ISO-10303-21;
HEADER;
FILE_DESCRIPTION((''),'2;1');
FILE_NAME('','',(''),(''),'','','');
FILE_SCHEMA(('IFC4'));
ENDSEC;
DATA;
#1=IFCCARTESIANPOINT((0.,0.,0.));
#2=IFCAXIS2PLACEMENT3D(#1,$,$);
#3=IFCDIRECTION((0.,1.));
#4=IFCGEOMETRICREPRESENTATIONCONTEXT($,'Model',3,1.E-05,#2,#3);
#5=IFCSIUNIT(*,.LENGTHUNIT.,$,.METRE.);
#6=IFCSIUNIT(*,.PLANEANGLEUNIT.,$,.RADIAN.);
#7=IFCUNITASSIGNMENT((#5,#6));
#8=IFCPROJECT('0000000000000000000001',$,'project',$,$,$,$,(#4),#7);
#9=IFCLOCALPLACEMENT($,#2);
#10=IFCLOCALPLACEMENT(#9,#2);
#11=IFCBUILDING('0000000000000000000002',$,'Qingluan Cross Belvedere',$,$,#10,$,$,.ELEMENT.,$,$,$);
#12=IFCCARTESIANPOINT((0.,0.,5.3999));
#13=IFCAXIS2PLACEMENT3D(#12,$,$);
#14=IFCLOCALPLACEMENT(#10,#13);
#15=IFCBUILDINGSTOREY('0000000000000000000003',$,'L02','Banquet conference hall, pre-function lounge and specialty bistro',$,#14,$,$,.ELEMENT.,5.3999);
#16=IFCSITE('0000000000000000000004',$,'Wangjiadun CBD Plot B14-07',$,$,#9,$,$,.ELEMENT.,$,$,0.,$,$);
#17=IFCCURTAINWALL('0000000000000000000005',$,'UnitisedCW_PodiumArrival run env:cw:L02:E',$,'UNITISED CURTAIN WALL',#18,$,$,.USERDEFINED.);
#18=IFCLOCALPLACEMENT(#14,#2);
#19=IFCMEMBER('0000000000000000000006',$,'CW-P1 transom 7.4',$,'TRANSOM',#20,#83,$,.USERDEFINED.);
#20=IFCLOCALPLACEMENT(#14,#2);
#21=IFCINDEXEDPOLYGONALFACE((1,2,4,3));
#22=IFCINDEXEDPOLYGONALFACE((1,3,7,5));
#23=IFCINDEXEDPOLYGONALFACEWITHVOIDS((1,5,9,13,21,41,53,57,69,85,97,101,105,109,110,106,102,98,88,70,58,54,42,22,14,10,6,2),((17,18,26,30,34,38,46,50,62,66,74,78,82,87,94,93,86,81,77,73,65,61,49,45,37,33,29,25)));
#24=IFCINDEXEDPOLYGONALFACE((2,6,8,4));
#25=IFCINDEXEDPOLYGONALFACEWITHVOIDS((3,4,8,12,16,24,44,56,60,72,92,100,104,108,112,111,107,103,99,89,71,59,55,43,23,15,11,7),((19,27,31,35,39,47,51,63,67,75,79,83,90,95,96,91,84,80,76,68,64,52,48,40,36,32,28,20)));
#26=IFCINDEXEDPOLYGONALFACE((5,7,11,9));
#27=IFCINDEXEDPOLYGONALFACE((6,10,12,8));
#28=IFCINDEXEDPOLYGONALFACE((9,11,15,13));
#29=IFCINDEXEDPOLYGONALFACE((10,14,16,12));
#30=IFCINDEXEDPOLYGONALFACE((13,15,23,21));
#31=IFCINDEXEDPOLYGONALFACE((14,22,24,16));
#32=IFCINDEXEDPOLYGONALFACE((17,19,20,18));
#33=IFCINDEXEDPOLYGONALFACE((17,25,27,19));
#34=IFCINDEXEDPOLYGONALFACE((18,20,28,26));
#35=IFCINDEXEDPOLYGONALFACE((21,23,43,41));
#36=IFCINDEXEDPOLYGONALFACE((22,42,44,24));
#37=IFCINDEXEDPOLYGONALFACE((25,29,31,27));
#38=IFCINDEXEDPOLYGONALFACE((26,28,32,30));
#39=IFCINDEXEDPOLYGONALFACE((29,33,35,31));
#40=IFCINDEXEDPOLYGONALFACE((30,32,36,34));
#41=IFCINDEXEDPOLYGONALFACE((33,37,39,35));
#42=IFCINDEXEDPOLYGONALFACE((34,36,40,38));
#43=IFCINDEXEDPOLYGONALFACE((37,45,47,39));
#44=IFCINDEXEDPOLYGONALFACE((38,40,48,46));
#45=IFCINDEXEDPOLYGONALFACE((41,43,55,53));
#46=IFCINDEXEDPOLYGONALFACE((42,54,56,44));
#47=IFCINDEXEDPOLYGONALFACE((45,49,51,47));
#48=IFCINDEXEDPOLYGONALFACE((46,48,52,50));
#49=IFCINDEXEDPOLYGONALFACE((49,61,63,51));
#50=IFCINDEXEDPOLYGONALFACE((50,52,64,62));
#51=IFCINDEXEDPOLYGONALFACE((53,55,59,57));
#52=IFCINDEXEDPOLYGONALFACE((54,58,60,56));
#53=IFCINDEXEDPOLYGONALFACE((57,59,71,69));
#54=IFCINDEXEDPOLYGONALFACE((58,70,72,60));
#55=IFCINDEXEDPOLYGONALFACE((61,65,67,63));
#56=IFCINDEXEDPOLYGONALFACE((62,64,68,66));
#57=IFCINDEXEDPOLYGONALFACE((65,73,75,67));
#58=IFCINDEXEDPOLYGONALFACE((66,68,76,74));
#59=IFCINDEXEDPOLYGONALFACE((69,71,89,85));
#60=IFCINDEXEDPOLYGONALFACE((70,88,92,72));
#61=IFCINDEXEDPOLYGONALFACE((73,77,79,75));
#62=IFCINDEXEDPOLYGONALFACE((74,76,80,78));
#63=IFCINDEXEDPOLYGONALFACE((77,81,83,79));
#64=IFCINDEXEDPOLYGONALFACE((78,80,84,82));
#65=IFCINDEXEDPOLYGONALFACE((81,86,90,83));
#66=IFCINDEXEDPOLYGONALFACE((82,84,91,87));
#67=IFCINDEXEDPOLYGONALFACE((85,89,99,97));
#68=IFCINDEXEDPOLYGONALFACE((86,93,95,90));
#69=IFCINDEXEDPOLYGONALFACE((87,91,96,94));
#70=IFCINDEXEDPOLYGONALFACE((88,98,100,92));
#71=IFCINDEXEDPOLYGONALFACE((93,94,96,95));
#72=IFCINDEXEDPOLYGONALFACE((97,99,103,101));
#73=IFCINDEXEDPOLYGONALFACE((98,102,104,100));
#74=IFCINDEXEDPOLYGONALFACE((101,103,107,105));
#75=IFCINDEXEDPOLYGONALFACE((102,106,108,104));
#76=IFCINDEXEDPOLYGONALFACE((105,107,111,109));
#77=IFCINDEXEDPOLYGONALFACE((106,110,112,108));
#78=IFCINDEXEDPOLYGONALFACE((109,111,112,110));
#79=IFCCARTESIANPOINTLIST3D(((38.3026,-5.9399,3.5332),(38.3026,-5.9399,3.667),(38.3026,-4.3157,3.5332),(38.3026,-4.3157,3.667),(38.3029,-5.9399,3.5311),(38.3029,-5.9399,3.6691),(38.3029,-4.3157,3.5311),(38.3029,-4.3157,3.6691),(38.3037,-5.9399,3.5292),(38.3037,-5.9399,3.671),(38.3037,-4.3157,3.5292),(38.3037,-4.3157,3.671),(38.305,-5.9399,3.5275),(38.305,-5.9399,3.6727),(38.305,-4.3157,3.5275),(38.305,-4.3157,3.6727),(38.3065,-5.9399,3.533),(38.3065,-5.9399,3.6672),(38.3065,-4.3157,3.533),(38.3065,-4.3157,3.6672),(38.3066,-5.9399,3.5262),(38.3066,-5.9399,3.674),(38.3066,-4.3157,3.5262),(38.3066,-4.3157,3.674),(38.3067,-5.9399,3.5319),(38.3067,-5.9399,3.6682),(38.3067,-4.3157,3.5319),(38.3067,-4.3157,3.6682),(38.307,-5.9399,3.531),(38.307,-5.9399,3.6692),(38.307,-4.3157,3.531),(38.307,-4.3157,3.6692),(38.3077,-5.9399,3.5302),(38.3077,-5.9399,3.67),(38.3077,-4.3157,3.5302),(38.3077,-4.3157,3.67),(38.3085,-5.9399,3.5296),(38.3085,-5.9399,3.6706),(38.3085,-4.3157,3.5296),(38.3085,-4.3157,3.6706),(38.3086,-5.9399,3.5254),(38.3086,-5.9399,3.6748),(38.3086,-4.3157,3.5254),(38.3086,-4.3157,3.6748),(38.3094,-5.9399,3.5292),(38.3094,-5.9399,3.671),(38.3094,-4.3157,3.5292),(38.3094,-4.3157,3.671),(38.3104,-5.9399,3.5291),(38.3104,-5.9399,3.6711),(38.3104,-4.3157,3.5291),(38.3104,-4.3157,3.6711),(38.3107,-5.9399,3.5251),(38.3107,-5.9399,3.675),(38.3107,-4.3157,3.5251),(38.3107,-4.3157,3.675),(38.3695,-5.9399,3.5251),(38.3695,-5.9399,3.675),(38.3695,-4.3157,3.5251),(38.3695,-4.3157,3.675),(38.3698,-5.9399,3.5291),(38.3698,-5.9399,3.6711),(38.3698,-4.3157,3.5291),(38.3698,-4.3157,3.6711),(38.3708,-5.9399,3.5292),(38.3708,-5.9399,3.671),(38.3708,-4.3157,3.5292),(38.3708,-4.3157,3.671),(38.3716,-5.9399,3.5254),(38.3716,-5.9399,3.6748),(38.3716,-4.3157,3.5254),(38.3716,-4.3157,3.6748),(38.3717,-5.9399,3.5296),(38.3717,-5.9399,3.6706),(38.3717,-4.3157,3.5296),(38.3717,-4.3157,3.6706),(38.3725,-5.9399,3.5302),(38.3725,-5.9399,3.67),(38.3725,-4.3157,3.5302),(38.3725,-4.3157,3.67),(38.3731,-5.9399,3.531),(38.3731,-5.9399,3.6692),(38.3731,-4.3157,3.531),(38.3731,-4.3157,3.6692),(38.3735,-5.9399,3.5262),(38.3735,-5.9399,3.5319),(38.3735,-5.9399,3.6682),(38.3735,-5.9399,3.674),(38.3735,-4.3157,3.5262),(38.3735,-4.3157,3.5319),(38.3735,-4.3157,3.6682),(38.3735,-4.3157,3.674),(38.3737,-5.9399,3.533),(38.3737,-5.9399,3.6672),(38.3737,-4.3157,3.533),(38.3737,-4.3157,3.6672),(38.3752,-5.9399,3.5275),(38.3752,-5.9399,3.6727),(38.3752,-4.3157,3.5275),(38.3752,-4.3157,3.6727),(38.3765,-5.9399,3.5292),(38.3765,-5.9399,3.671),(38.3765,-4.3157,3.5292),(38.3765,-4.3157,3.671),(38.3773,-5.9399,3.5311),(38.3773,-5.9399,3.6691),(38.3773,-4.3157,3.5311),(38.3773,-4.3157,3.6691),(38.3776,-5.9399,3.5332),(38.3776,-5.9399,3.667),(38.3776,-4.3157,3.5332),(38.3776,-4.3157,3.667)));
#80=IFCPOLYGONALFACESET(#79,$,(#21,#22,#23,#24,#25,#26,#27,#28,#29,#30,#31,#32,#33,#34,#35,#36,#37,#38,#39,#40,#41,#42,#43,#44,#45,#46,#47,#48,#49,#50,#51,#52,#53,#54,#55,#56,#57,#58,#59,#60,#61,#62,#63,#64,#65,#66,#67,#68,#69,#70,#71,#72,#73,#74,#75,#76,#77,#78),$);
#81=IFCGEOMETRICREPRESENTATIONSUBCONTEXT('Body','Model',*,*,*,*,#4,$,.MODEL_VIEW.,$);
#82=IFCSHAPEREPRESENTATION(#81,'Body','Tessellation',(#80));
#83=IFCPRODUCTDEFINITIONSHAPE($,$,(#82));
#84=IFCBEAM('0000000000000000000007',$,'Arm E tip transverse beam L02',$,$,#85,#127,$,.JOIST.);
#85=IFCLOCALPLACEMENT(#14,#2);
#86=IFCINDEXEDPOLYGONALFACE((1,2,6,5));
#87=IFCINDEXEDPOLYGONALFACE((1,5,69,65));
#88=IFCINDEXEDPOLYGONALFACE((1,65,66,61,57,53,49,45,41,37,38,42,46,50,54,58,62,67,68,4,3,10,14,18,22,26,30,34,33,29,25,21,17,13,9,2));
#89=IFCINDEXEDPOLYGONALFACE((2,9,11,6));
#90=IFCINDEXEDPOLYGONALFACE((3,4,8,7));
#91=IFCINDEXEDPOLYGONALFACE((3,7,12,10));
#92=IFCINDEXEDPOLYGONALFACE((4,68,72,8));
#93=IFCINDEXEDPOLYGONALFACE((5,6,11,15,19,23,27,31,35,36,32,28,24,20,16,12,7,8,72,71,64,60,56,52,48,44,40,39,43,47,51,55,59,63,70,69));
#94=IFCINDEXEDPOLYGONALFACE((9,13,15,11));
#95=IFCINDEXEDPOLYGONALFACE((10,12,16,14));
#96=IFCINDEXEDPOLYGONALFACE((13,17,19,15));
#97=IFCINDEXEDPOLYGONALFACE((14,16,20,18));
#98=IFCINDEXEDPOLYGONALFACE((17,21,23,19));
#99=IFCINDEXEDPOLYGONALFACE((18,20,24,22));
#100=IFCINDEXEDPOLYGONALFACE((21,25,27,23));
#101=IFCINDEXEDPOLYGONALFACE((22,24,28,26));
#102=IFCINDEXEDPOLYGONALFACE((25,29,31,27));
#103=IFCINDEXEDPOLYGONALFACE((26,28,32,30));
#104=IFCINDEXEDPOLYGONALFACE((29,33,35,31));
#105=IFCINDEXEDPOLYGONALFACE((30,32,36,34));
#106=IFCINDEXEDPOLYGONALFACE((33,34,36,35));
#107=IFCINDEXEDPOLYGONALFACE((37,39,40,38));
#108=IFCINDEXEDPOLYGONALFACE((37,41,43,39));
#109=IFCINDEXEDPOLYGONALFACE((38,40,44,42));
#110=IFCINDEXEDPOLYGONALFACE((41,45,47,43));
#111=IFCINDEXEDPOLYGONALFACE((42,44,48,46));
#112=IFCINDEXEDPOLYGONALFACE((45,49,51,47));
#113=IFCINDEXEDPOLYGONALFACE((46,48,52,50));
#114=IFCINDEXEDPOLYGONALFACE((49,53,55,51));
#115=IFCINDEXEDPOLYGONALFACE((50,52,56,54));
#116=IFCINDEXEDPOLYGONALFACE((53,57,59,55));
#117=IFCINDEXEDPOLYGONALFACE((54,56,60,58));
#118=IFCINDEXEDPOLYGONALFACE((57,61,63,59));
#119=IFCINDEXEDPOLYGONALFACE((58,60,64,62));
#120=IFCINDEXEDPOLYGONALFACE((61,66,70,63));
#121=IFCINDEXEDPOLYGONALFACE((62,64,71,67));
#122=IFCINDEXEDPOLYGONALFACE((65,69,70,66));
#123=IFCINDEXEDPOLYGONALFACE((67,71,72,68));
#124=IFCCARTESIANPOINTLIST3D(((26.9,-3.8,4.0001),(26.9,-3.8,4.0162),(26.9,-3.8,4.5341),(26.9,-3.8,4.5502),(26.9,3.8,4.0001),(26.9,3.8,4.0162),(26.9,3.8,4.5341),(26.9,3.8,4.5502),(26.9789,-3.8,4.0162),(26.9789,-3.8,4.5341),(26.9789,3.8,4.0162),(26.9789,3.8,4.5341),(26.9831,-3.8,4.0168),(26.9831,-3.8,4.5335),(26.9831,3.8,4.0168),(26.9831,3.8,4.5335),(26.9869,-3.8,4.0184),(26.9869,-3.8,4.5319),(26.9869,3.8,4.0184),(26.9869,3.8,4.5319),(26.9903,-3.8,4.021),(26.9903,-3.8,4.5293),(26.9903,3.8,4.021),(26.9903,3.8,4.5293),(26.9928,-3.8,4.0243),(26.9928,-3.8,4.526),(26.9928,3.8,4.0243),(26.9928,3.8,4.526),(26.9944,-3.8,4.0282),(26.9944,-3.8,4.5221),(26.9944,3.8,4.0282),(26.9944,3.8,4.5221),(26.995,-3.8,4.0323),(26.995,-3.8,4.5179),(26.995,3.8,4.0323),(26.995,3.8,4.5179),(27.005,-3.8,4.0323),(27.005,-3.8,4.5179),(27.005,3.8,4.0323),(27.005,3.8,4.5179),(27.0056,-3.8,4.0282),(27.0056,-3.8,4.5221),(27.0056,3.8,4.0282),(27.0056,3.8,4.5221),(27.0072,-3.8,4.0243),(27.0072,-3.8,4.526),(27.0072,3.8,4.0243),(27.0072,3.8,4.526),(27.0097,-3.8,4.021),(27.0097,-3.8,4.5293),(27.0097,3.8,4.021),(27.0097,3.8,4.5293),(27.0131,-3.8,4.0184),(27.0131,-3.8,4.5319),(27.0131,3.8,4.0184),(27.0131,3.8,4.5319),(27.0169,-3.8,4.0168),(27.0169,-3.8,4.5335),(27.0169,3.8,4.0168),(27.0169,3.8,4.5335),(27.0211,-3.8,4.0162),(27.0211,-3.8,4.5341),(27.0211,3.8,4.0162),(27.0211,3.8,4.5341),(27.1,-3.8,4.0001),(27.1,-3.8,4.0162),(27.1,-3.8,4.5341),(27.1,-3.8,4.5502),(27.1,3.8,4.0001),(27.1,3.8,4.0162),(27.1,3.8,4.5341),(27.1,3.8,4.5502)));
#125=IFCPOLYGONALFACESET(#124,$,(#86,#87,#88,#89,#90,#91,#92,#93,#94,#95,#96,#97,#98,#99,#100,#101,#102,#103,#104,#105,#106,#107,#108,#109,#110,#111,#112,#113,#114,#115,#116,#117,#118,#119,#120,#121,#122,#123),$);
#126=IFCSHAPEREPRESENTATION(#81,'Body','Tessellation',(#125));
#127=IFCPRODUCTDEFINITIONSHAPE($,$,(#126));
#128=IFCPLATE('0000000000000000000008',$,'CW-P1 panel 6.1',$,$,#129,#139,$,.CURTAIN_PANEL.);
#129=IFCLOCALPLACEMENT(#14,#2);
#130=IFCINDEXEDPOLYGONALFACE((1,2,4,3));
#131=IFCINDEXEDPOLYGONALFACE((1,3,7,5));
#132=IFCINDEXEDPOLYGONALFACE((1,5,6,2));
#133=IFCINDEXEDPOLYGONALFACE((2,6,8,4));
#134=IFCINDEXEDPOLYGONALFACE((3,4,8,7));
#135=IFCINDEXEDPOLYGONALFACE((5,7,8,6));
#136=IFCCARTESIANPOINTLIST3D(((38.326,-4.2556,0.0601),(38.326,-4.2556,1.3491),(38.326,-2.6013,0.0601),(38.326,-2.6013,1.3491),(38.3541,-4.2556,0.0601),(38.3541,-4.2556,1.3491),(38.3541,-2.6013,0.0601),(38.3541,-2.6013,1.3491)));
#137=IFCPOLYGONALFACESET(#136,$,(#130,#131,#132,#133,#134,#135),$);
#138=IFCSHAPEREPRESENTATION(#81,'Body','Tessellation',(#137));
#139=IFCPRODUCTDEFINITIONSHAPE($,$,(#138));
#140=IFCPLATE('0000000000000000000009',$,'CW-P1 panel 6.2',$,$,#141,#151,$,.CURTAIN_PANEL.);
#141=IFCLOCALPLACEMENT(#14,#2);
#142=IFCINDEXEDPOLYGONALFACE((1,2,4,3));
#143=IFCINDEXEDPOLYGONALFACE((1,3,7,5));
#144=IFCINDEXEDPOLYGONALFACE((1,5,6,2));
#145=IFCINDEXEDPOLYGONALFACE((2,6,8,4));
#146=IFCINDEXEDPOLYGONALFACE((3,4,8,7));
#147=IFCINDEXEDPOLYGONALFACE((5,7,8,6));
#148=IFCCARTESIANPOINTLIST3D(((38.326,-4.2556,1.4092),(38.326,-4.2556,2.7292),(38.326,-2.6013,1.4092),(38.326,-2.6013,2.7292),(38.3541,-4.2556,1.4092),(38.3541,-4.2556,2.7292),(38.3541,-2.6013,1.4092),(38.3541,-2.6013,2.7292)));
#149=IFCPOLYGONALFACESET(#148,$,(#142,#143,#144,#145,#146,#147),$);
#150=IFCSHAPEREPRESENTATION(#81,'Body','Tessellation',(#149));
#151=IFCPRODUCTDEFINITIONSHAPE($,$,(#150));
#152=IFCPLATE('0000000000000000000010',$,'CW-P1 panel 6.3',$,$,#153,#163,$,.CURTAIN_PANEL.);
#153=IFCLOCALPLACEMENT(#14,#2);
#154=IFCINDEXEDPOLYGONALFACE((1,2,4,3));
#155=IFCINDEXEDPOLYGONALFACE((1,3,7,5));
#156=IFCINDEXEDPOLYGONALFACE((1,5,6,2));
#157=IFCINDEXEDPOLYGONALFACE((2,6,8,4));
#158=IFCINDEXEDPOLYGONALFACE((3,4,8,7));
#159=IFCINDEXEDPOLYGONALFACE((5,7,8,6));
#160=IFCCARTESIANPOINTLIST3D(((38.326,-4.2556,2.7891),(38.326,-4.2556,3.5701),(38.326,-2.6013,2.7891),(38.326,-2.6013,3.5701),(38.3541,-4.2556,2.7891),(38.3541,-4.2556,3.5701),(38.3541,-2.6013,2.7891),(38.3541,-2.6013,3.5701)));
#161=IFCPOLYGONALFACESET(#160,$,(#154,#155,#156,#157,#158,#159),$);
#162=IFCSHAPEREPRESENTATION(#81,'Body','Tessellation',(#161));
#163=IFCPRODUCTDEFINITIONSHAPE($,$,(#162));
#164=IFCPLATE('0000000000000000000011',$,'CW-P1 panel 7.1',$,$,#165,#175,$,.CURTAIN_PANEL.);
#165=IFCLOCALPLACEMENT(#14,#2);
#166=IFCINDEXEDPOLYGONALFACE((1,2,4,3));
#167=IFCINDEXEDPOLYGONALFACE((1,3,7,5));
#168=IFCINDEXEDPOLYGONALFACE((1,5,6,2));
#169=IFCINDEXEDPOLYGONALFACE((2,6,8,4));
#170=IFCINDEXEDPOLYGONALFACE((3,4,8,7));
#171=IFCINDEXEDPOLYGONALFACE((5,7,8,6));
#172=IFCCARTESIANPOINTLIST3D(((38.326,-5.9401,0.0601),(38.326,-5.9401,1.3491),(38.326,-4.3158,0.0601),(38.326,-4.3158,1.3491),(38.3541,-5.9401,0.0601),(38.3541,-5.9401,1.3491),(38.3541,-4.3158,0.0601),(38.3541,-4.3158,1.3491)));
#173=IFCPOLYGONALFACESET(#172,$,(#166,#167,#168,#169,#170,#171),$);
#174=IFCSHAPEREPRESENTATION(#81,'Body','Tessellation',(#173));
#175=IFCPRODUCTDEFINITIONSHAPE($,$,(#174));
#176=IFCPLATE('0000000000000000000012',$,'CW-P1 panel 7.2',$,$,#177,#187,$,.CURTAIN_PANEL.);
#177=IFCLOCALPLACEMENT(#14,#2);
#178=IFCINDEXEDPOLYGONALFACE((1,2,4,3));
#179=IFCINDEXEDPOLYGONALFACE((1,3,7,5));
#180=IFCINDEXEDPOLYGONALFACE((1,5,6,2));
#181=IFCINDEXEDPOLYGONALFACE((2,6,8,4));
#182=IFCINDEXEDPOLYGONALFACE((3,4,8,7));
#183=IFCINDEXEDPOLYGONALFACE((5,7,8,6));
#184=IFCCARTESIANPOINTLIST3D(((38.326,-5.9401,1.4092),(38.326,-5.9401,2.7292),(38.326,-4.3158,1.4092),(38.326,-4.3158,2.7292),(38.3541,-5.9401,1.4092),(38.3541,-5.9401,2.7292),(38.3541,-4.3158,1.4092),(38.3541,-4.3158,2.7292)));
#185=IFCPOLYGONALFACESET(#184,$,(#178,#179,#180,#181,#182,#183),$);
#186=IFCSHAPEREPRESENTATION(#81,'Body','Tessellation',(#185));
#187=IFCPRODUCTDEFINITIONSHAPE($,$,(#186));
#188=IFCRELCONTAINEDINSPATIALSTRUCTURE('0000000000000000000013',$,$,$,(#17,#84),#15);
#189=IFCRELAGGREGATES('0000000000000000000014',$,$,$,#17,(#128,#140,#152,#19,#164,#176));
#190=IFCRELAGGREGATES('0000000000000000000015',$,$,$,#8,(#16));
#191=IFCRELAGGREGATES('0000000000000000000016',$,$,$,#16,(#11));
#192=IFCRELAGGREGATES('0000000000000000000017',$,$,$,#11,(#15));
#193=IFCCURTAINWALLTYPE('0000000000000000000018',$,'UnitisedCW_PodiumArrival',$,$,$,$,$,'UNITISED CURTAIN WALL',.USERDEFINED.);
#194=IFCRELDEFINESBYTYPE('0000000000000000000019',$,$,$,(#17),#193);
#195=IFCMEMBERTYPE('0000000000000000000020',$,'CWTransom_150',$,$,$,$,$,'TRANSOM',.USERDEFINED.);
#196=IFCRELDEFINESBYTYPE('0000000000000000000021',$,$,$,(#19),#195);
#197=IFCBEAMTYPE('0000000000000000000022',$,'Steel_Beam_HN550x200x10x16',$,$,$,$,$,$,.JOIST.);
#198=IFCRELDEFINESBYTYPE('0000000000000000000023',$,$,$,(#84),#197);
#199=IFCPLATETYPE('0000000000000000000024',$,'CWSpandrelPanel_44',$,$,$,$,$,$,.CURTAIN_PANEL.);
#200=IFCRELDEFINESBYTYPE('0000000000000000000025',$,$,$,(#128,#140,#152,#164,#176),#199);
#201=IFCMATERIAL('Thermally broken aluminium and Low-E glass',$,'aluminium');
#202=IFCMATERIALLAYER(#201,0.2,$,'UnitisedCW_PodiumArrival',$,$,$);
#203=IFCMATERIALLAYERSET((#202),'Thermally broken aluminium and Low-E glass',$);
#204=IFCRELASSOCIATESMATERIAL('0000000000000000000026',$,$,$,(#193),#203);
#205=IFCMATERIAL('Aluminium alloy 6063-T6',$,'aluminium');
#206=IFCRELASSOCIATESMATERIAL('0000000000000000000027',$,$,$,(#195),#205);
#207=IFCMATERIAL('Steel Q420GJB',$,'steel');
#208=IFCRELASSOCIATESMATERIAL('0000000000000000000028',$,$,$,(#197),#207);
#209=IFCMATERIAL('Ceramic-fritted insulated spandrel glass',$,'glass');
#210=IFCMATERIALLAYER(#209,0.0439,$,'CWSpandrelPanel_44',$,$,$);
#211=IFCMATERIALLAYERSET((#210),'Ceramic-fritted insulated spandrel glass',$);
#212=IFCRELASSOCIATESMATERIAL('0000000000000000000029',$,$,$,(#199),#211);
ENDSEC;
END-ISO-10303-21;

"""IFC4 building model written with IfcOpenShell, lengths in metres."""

from ifc_helpers import new_model, si_unit, direction, frame, origin, origin_2d, place, context, subcontext, project, spatial, rectangle, hollow_rectangle, i_section, extrude, material, layer, layer_set, material_profile, profile_set, type_object, element, aggregate, save


model = new_model("IFC4")

# Units and contexts
model_context = context("Model", 3, precision=1e-05, world=origin(), true_north=direction((0.0, 1.0)))
body_context = subcontext(model_context, "Body", "Model", "MODEL_VIEW")
ifc_project = project(units=[si_unit("LENGTHUNIT", "METRE"), si_unit("PLANEANGLEUNIT", "RADIAN")], contexts=[model_context])

# Site, building, storey
site_placement = place(None, origin())
site = spatial("IfcSite", under=ifc_project, at=site_placement, Name="Wangjiadun CBD Plot B14-07", CompositionType="ELEMENT", RefElevation=0.0)
building_placement = place(site_placement, origin())
building = spatial("IfcBuilding", under=site, at=building_placement, Name="Qingluan Cross Belvedere", CompositionType="ELEMENT")
storey_placement = place(building_placement, frame((0.0, 0.0, 5.3999)))
storey = spatial("IfcBuildingStorey", under=building, at=storey_placement, Name="L02", Description="Banquet conference hall, pre-function lounge and specialty bistro", CompositionType="ELEMENT", Elevation=5.3999)

# Curtain wall, member
ifc_material_1 = material(Name="Thermally broken aluminium and Low-E glass", Category="aluminium")
ifc_layer_1 = layer(ifc_material_1, 0.2, Name="UnitisedCW_PodiumArrival")
ifc_layer_set_1 = layer_set([ifc_layer_1], Name="Thermally broken aluminium and Low-E glass")
curtain_wall_type = type_object("IfcCurtainWallType", Name="UnitisedCW_PodiumArrival", ElementType="UNITISED CURTAIN WALL", PredefinedType="USERDEFINED", material=ifc_layer_set_1)
curtain_wall_placement = place(storey_placement, origin())
curtain_wall = element("IfcCurtainWall", 1, at=curtain_wall_placement, inside=storey, type_object=curtain_wall_type, Name="UnitisedCW_PodiumArrival run env:cw:L02:E", ObjectType="UNITISED CURTAIN WALL", PredefinedType="USERDEFINED")
ifc_material_2 = material(Name="Aluminium alloy 6063-T6", Category="aluminium")
ifc_material_profile_1 = material_profile(ifc_material_2, hollow_rectangle(XDim=0.075, YDim=0.1499, WallThickness=0.0039, InnerFilletRadius=0.0039, OuterFilletRadius=0.0081, at=origin_2d()), Name="CWT150x75x4")
ifc_profile_set_1 = profile_set([ifc_material_profile_1], Name="Aluminium alloy 6063-T6")
member_type_1 = type_object("IfcMemberType", Name="CWTransom_150", ElementType="TRANSOM", PredefinedType="USERDEFINED", material=ifc_profile_set_1)
member_1_placement = place(storey_placement, frame((38.3401, -4.3157, 3.6001), z_axis=(0.0, -1.0, 0.0), x_axis=(1.0, 0.0, 0.0)))
member_1 = element("IfcMember", 2, at=member_1_placement, type_object=member_type_1, Name="CW-P1 transom 7.4", ObjectType="TRANSOM", PredefinedType="USERDEFINED", context=body_context, shape_type="SweptSolid", body=[
    extrude(hollow_rectangle(XDim=0.075, YDim=0.1499, WallThickness=0.0039, InnerFilletRadius=0.0039, OuterFilletRadius=0.0081, at=origin_2d()), origin(), (0.0, 0.0, 1.0), 1.6243),
])

# Beam
ifc_material_3 = material(Name="Steel Q420GJB", Category="steel")
ifc_material_profile_2 = material_profile(ifc_material_3, i_section(OverallWidth=0.2, OverallDepth=0.55, WebThickness=0.01, FlangeThickness=0.0161, FilletRadius=0.0161, at=origin_2d()), Name="HN550x200x10x16")
ifc_profile_set_2 = profile_set([ifc_material_profile_2], Name="Steel Q420GJB")
beam_type = type_object("IfcBeamType", Name="Steel_Beam_HN550x200x10x16", PredefinedType="JOIST", material=ifc_profile_set_2)
beam_placement = place(storey_placement, frame((27.0, -3.8, 4.2751), z_axis=(0.0, 1.0, 0.0), x_axis=(-1.0, 0.0, 0.0)))
element("IfcBeam", 3, at=beam_placement, inside=storey, type_object=beam_type, Name="Arm E tip transverse beam L02", PredefinedType="JOIST", context=body_context, shape_type="SweptSolid", body=[
    extrude(i_section(OverallWidth=0.2, OverallDepth=0.55, WebThickness=0.01, FlangeThickness=0.0161, FilletRadius=0.0161, at=origin_2d()), origin(), (0.0, 0.0, 1.0), 7.6001),
])

# Plates
ifc_material_4 = material(Name="Ceramic-fritted insulated spandrel glass", Category="glass")
ifc_layer_2 = layer(ifc_material_4, 0.0439, Name="CWSpandrelPanel_44")
ifc_layer_set_2 = layer_set([ifc_layer_2], Name="Ceramic-fritted insulated spandrel glass")
plate_type = type_object("IfcPlateType", Name="CWSpandrelPanel_44", PredefinedType="CURTAIN_PANEL", material=ifc_layer_set_2)
plate_1_placement = place(storey_placement, frame((38.3401, -3.4285, 0.0601), z_axis=(0.0, 0.0, 1.0), x_axis=(0.0, -1.0, 0.0)))
plate_1 = element("IfcPlate", 4, at=plate_1_placement, type_object=plate_type, Name="CW-P1 panel 6.1", PredefinedType="CURTAIN_PANEL", context=body_context, shape_type="SweptSolid", body=[
    extrude(rectangle(XDim=1.6543, YDim=0.0281, at=origin_2d()), origin(), (0.0, 0.0, 1.0), 1.2891),
])
plate_2_placement = place(storey_placement, frame((38.3401, -3.4285, 1.4092), z_axis=(0.0, 0.0, 1.0), x_axis=(0.0, -1.0, 0.0)))
plate_2 = element("IfcPlate", 5, at=plate_2_placement, type_object=plate_type, Name="CW-P1 panel 6.2", PredefinedType="CURTAIN_PANEL", context=body_context, shape_type="SweptSolid", body=[
    extrude(rectangle(XDim=1.6543, YDim=0.0281, at=origin_2d()), origin(), (0.0, 0.0, 1.0), 1.3201),
])
plate_3_placement = place(storey_placement, frame((38.3401, -3.4285, 2.7891), z_axis=(0.0, 0.0, 1.0), x_axis=(0.0, -1.0, 0.0)))
plate_3 = element("IfcPlate", 6, at=plate_3_placement, type_object=plate_type, Name="CW-P1 panel 6.3", PredefinedType="CURTAIN_PANEL", context=body_context, shape_type="SweptSolid", body=[
    extrude(rectangle(XDim=1.6543, YDim=0.0281, at=origin_2d()), origin(), (0.0, 0.0, 1.0), 0.781),
])
plate_4_placement = place(storey_placement, frame((38.3401, -5.1279, 0.0601), z_axis=(0.0, 0.0, 1.0), x_axis=(0.0, -1.0, 0.0)))
plate_4 = element("IfcPlate", 7, at=plate_4_placement, type_object=plate_type, Name="CW-P1 panel 7.1", PredefinedType="CURTAIN_PANEL", context=body_context, shape_type="SweptSolid", body=[
    extrude(rectangle(XDim=1.6243, YDim=0.0281, at=origin_2d()), origin(), (0.0, 0.0, 1.0), 1.2891),
])
plate_5_placement = place(storey_placement, frame((38.3401, -5.1279, 1.4092), z_axis=(0.0, 0.0, 1.0), x_axis=(0.0, -1.0, 0.0)))
plate_5 = element("IfcPlate", 8, at=plate_5_placement, type_object=plate_type, Name="CW-P1 panel 7.2", PredefinedType="CURTAIN_PANEL", context=body_context, shape_type="SweptSolid", body=[
    extrude(rectangle(XDim=1.6243, YDim=0.0281, at=origin_2d()), origin(), (0.0, 0.0, 1.0), 1.3201),
])
aggregate(curtain_wall, [plate_1, plate_2, plate_3, member_1, plate_4, plate_5])

save(model, "model.ifc")
